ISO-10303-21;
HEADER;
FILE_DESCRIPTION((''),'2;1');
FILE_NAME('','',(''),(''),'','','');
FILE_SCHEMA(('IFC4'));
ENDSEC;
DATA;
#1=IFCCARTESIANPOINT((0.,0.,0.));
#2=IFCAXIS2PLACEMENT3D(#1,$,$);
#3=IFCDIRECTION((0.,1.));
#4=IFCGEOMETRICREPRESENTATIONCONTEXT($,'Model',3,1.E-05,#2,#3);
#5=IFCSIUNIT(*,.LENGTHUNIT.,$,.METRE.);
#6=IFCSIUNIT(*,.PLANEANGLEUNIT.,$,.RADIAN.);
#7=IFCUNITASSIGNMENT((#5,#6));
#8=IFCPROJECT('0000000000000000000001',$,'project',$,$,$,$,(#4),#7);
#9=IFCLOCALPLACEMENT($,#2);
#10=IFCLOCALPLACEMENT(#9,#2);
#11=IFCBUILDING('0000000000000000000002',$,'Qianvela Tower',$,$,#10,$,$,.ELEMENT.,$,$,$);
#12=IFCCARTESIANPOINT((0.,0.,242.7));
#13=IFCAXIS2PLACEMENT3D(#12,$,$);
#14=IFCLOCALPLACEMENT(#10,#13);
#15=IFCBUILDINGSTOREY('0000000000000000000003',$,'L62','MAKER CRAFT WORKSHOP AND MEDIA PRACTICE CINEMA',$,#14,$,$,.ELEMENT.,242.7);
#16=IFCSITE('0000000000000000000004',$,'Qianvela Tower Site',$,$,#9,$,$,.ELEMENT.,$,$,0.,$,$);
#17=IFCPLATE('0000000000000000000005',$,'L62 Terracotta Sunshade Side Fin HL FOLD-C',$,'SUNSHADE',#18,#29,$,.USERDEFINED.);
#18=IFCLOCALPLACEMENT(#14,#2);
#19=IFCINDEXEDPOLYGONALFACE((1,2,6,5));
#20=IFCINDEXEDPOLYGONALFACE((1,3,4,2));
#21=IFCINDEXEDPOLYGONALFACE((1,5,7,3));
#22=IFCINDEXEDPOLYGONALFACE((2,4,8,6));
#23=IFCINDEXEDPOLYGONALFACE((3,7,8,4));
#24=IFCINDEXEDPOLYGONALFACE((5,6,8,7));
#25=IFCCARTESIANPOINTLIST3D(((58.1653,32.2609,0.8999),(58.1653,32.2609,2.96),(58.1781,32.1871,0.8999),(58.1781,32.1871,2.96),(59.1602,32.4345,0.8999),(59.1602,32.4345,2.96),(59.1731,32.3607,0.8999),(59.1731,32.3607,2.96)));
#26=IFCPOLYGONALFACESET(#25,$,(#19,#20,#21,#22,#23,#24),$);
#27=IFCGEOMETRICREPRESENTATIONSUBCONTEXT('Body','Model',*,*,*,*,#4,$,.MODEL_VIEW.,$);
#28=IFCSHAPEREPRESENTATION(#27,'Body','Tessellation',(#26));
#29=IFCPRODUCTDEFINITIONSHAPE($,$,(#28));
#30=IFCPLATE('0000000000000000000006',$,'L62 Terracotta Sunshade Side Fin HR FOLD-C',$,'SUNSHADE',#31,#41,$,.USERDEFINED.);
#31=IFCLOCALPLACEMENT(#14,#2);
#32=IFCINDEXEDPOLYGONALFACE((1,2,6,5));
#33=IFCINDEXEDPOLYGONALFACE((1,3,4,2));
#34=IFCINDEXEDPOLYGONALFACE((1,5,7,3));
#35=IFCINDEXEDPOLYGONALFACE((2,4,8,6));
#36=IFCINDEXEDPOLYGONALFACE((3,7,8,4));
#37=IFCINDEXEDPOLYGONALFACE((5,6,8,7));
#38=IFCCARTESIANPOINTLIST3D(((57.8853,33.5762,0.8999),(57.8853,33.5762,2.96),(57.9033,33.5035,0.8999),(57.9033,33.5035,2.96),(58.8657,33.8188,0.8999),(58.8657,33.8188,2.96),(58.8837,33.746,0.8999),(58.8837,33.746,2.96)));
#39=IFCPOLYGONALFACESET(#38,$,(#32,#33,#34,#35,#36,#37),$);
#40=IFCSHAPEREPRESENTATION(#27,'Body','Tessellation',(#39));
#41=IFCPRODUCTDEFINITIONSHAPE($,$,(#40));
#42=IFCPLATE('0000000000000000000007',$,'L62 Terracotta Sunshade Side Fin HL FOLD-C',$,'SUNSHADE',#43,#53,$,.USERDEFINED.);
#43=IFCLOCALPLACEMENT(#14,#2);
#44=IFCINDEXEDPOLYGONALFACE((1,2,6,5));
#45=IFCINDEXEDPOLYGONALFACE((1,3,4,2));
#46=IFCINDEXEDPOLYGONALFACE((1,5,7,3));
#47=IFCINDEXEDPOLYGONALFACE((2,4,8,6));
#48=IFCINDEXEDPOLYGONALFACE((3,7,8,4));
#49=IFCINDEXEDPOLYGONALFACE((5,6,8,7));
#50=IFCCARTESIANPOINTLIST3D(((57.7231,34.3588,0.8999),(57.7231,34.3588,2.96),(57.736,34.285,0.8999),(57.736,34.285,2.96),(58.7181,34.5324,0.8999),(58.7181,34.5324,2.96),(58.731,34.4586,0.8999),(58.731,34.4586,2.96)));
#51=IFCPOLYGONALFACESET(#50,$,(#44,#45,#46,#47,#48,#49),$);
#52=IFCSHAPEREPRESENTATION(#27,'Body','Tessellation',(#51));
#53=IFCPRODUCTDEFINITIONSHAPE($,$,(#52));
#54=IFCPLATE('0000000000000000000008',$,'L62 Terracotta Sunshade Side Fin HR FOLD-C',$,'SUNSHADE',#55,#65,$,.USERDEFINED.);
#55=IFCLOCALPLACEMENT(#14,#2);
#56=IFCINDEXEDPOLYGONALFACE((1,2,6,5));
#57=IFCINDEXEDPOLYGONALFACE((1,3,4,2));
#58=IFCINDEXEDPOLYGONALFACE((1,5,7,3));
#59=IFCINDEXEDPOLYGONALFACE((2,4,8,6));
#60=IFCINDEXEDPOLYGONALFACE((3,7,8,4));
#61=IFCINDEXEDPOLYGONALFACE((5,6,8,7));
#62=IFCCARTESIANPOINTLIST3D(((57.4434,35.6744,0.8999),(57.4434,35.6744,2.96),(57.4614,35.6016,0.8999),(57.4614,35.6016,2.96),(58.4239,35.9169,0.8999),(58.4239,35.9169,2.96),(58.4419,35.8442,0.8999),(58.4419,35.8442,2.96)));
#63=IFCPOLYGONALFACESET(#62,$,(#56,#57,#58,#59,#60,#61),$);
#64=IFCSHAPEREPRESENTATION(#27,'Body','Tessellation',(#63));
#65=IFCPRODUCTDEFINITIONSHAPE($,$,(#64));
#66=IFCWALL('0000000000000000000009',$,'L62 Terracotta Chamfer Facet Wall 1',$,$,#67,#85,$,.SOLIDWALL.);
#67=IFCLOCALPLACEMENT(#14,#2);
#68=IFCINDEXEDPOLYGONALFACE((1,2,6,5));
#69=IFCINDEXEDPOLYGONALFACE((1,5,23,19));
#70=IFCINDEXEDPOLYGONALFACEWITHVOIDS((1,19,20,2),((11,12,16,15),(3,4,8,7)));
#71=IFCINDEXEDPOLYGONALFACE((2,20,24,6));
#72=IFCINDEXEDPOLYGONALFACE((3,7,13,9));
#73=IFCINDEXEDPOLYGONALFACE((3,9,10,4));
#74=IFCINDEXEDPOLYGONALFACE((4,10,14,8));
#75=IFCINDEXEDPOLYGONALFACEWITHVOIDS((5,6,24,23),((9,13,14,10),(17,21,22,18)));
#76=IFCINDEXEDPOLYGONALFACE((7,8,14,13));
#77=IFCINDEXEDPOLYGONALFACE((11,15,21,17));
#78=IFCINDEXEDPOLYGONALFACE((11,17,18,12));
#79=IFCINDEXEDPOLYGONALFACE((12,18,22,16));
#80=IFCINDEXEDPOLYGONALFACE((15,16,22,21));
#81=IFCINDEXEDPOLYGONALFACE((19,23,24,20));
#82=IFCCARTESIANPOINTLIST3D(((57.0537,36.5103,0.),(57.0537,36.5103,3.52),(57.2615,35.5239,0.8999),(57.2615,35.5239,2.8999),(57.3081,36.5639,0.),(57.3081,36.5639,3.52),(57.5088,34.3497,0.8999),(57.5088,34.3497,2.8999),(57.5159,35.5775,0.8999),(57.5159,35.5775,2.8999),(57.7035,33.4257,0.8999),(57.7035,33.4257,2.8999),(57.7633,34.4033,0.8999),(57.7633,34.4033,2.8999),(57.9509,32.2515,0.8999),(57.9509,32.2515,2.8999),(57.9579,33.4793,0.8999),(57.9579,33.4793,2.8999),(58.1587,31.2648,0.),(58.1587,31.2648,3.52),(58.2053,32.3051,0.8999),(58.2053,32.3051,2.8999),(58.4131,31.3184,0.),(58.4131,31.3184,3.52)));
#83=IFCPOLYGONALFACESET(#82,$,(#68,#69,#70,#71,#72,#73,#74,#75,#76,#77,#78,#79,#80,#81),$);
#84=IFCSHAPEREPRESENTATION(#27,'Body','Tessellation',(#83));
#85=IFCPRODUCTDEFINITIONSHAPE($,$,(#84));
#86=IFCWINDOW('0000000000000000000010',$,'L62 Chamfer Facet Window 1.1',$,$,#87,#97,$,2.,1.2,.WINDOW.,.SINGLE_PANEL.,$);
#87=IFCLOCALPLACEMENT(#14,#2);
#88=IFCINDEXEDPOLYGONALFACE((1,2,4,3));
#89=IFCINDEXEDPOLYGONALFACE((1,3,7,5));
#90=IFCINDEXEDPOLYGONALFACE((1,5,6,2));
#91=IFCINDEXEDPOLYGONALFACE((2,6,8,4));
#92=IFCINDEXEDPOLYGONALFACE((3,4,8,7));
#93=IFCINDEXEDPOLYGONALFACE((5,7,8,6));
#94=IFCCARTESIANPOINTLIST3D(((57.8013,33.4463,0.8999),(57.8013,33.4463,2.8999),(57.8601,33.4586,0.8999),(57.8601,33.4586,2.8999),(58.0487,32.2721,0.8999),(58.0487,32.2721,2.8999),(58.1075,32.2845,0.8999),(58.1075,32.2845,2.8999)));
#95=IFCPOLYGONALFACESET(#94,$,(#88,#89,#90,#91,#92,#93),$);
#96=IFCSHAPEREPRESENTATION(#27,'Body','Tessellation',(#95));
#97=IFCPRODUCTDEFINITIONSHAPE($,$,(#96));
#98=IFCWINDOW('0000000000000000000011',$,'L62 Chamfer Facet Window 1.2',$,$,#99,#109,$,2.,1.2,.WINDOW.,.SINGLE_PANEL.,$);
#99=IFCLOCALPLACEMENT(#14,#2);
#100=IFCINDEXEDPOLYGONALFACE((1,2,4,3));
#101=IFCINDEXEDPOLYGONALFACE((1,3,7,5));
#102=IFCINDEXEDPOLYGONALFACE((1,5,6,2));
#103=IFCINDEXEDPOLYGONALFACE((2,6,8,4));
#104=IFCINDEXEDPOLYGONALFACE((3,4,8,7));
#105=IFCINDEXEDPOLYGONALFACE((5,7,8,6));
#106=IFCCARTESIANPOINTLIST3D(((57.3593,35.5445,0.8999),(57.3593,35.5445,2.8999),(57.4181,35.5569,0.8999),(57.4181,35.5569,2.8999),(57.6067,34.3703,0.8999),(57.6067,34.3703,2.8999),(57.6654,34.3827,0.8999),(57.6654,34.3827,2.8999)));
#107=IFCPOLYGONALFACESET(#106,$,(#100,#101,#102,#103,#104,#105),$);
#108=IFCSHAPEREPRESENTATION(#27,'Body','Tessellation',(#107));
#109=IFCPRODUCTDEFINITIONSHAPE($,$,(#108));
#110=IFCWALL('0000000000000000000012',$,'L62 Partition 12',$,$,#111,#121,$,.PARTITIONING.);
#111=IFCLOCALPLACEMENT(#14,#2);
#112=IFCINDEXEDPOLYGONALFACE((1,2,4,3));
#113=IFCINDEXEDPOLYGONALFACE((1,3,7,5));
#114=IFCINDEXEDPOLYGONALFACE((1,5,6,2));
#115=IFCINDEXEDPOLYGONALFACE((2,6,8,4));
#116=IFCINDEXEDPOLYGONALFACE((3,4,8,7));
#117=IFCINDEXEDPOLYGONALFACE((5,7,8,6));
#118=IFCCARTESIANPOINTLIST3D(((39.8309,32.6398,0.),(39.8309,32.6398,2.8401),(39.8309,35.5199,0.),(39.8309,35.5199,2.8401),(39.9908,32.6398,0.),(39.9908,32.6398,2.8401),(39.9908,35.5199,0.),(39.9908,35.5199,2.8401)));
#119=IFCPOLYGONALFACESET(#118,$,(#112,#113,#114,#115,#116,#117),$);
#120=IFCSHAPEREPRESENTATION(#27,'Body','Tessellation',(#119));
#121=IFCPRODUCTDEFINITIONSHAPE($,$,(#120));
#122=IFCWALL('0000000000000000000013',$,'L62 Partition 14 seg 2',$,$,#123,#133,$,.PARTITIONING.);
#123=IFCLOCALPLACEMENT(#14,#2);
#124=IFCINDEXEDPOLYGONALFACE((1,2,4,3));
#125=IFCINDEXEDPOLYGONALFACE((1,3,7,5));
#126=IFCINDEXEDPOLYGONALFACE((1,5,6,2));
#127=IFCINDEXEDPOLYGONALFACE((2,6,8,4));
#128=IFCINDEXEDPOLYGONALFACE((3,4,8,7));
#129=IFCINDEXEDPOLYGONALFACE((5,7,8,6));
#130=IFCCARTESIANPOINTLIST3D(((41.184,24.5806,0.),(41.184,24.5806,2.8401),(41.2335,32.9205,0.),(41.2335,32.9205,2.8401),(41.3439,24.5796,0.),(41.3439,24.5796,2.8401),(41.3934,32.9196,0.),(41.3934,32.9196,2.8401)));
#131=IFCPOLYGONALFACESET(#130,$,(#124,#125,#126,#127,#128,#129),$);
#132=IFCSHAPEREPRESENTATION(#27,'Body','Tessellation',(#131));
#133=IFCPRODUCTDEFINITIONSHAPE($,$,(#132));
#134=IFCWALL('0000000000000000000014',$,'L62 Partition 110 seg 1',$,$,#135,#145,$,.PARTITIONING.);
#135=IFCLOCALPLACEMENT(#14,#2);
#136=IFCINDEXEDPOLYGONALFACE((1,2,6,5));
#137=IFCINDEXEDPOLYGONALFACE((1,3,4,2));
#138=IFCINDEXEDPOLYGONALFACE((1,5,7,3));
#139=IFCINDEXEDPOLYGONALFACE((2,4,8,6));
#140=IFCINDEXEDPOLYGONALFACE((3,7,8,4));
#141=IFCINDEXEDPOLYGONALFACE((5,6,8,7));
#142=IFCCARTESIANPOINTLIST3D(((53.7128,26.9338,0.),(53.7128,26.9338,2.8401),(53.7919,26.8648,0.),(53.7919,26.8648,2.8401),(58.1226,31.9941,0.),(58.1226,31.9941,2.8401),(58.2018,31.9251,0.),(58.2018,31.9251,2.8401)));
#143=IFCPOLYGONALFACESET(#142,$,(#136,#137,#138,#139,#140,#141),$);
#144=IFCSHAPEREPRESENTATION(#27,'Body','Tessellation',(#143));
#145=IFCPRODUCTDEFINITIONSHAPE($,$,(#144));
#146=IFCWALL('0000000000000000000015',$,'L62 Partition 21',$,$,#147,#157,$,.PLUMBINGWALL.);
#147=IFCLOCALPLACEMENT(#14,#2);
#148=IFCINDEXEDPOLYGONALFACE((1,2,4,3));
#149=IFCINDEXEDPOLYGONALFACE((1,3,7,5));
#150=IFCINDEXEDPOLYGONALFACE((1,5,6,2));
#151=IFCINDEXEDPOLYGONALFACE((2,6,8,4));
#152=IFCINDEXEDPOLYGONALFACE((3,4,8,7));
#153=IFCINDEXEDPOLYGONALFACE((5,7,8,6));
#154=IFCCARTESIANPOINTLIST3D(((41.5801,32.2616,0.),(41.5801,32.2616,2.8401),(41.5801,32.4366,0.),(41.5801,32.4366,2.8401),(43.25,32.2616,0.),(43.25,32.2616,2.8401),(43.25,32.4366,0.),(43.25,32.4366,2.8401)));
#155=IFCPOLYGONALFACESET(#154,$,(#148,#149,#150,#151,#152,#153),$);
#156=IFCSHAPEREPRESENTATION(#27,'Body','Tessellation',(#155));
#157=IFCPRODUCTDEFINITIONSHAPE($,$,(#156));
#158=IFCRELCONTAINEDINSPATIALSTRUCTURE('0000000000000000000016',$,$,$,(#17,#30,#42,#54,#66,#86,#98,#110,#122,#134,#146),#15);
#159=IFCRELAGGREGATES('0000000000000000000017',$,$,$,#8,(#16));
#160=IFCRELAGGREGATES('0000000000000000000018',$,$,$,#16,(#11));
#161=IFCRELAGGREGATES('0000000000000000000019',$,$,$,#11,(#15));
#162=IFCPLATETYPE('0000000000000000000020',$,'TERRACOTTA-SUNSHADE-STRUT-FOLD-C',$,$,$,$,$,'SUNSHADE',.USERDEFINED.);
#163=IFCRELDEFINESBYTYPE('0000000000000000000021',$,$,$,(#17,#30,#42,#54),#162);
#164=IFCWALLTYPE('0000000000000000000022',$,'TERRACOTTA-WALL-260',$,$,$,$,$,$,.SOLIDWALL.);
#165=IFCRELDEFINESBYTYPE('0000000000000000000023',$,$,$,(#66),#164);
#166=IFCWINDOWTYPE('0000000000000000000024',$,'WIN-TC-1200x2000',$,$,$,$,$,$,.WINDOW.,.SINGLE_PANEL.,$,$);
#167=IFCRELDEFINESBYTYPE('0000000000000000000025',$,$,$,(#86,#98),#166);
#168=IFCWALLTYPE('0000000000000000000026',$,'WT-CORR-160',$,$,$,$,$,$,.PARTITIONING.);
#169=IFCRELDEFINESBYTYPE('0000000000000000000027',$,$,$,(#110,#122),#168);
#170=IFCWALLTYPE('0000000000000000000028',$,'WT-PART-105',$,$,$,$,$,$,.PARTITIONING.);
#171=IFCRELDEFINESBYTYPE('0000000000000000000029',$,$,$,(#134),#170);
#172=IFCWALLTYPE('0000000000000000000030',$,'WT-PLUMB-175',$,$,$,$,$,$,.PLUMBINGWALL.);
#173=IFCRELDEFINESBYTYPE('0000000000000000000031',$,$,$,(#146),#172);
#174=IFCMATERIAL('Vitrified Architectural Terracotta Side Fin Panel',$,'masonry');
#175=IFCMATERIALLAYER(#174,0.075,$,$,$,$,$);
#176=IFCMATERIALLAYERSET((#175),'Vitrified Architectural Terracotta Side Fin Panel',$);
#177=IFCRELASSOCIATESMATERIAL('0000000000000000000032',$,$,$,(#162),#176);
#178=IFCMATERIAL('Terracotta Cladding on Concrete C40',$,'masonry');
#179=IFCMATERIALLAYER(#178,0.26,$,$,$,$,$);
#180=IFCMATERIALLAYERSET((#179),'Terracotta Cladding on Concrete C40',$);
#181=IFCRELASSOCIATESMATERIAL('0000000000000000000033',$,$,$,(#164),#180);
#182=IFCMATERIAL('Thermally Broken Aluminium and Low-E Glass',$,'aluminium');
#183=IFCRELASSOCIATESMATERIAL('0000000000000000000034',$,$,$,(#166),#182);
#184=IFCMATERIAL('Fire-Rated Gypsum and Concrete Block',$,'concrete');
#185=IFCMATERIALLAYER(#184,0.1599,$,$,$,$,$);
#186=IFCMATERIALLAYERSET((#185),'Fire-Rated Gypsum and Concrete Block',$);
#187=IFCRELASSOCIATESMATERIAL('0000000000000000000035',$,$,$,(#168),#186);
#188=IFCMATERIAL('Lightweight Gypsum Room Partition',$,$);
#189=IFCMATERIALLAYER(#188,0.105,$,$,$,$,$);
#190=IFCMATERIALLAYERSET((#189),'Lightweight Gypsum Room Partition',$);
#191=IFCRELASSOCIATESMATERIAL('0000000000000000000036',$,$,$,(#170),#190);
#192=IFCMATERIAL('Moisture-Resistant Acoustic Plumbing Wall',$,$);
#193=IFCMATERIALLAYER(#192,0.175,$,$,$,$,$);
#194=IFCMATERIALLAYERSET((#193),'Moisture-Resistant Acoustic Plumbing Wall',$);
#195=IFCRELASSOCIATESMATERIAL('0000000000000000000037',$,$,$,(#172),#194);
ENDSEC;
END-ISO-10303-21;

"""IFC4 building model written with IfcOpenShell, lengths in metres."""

from ifc_helpers import new_model, si_unit, direction, frame, frame_2d, origin, origin_2d, place, context, subcontext, project, spatial, rectangle, extrude, material, layer, layer_set, type_object, element, fill, save


model = new_model("IFC4")

# Units and contexts
model_context = context("Model", 3, precision=1e-05, world=origin(), true_north=direction((0.0, 1.0)))
body_context = subcontext(model_context, "Body", "Model", "MODEL_VIEW")
ifc_project = project(units=[si_unit("LENGTHUNIT", "METRE"), si_unit("PLANEANGLEUNIT", "RADIAN")], contexts=[model_context])

# Site, building, storey
site_placement = place(None, origin())
site = spatial("IfcSite", under=ifc_project, at=site_placement, Name="Qianvela Tower Site", CompositionType="ELEMENT", RefElevation=0.0)
building_placement = place(site_placement, origin())
building = spatial("IfcBuilding", under=site, at=building_placement, Name="Qianvela Tower", CompositionType="ELEMENT")
storey_placement = place(building_placement, frame((0.0, 0.0, 242.7)))
storey = spatial("IfcBuildingStorey", under=building, at=storey_placement, Name="L62", Description="MAKER CRAFT WORKSHOP AND MEDIA PRACTICE CINEMA", CompositionType="ELEMENT", Elevation=242.7)

# Plates
ifc_material_1 = material(Name="Vitrified Architectural Terracotta Side Fin Panel", Category="masonry")
ifc_layer_1 = layer(ifc_material_1, 0.075)
ifc_layer_set_1 = layer_set([ifc_layer_1], Name="Vitrified Architectural Terracotta Side Fin Panel")
plate_type_1 = type_object("IfcPlateType", Name="TERRACOTTA-SUNSHADE-STRUT-FOLD-C", ElementType="SUNSHADE", PredefinedType="USERDEFINED", material=ifc_layer_set_1)
for number, where, z_axis, x_axis, name in (
    (1, (58.6692, 32.3108, 0.8999), (0.0, 0.0, 1.0), (-0.171865, 0.98512, 0.0), "L62 Terracotta Sunshade Side Fin HL FOLD-C"),
    (2, (58.3845, 33.6611, 0.8999), (0.0, 0.0, 1.0), (-0.240165, 0.970732, 0.0), "L62 Terracotta Sunshade Side Fin HR FOLD-C"),
    (3, (58.2271, 34.4087, 0.8999), (0.0, 0.0, 1.0), (-0.171865, 0.98512, 0.0), "L62 Terracotta Sunshade Side Fin HL FOLD-C"),
    (4, (57.9426, 35.7593, 0.8999), (0.0, 0.0, 1.0), (-0.240165, 0.970732, 0.0), "L62 Terracotta Sunshade Side Fin HR FOLD-C"),
):
    element("IfcPlate", number, at=place(storey_placement, frame(where, z_axis=z_axis, x_axis=x_axis)), inside=storey, type_object=plate_type_1, Name=name, ObjectType="SUNSHADE", PredefinedType="USERDEFINED", context=body_context, shape_type="SweptSolid", body=[
        extrude(rectangle(XDim=0.075, YDim=1.01, at=origin_2d()), origin(), (0.0, 0.0, 1.0), 2.0601),
    ])

# Wall, openings, windows
ifc_material_2 = material(Name="Terracotta Cladding on Concrete C40", Category="masonry")
ifc_layer_2 = layer(ifc_material_2, 0.26)
ifc_layer_set_2 = layer_set([ifc_layer_2], Name="Terracotta Cladding on Concrete C40")
wall_type_1 = type_object("IfcWallType", Name="TERRACOTTA-WALL-260", PredefinedType="SOLIDWALL", material=ifc_layer_set_2)
wall_1_placement = place(storey_placement, frame((58.2859, 31.2917, 0.0), z_axis=(0.0, 0.0, 1.0), x_axis=(-0.206134, 0.978524, 0.0)))
wall_1 = element("IfcWall", 5, at=wall_1_placement, inside=storey, type_object=wall_type_1, Name="L62 Terracotta Chamfer Facet Wall 1", PredefinedType="SOLIDWALL", context=body_context, shape_type="SweptSolid", body=[
    extrude(rectangle(XDim=5.3606, YDim=0.26, at=frame_2d((2.6802, 0.0))), origin(), (0.0, 0.0, 1.0), 3.52),
])
opening_1_placement = place(wall_1_placement, frame((1.0081, 0.0, 0.8999)))
opening_1 = element("IfcOpeningElement", 6, at=opening_1_placement, cuts=wall_1, PredefinedType="OPENING", context=body_context, shape_type="SweptSolid", body=[
    extrude(rectangle(XDim=1.2, YDim=2.0, at=frame_2d((0.6001, 1.0))), frame((0.0, 0.1399, 0.0), z_axis=(0.0, -1.0, 0.0), x_axis=(1.0, 0.0, 0.0)), (0.0, 0.0, 1.0), 0.28),
])
opening_2_placement = place(wall_1_placement, frame((3.1523, 0.0, 0.8999)))
opening_2 = element("IfcOpeningElement", 7, at=opening_2_placement, cuts=wall_1, PredefinedType="OPENING", context=body_context, shape_type="SweptSolid", body=[
    extrude(rectangle(XDim=1.2, YDim=2.0, at=frame_2d((0.6001, 1.0))), frame((0.0, 0.1399, 0.0), z_axis=(0.0, -1.0, 0.0), x_axis=(1.0, 0.0, 0.0)), (0.0, 0.0, 1.0), 0.28),
])
ifc_material_3 = material(Name="Thermally Broken Aluminium and Low-E Glass", Category="aluminium")
window_type = type_object("IfcWindowType", Name="WIN-TC-1200x2000", PartitioningType="SINGLE_PANEL", PredefinedType="WINDOW", material=ifc_material_3)
window_1_placement = place(opening_1_placement, origin())
window_1 = element("IfcWindow", 8, at=window_1_placement, inside=storey, type_object=window_type, Name="L62 Chamfer Facet Window 1.1", OverallHeight=2.0, OverallWidth=1.2, PartitioningType="SINGLE_PANEL", PredefinedType="WINDOW", context=body_context, shape_type="SweptSolid", body=[
    extrude(rectangle(XDim=1.2, YDim=2.0, at=frame_2d((0.6001, 1.0))), frame((0.0, 0.03, 0.0), z_axis=(0.0, -1.0, 0.0), x_axis=(1.0, 0.0, 0.0)), (0.0, 0.0, 1.0), 0.0601),
])
fill(opening_1, window_1)
window_2_placement = place(opening_2_placement, origin())
window_2 = element("IfcWindow", 9, at=window_2_placement, inside=storey, type_object=window_type, Name="L62 Chamfer Facet Window 1.2", OverallHeight=2.0, OverallWidth=1.2, PartitioningType="SINGLE_PANEL", PredefinedType="WINDOW", context=body_context, shape_type="SweptSolid", body=[
    extrude(rectangle(XDim=1.2, YDim=2.0, at=frame_2d((0.6001, 1.0))), frame((0.0, 0.03, 0.0), z_axis=(0.0, -1.0, 0.0), x_axis=(1.0, 0.0, 0.0)), (0.0, 0.0, 1.0), 0.0601),
])
fill(opening_2, window_2)

# Walls
ifc_material_4 = material(Name="Fire-Rated Gypsum and Concrete Block", Category="concrete")
ifc_layer_3 = layer(ifc_material_4, 0.1599)
ifc_layer_set_3 = layer_set([ifc_layer_3], Name="Fire-Rated Gypsum and Concrete Block")
wall_type_2 = type_object("IfcWallType", Name="WT-CORR-160", PredefinedType="PARTITIONING", material=ifc_layer_set_3)
wall_2_placement = place(storey_placement, frame((39.9109, 32.6399, 0.0), z_axis=(0.0, 0.0, 1.0), x_axis=(0.0, 1.0, 0.0)))
element("IfcWall", 10, at=wall_2_placement, inside=storey, type_object=wall_type_2, Name="L62 Partition 12", PredefinedType="PARTITIONING", context=body_context, shape_type="SweptSolid", body=[
    extrude(rectangle(XDim=2.8801, YDim=0.1599, at=frame_2d((1.4399, 0.0))), origin(), (0.0, 0.0, 1.0), 2.8401),
])
wall_3_placement = place(storey_placement, frame((41.3135, 32.9199, 0.0), z_axis=(0.0, 0.0, 1.0), x_axis=(-0.005943, -0.999982, 0.0)))
element("IfcWall", 11, at=wall_3_placement, inside=storey, type_object=wall_type_2, Name="L62 Partition 14 seg 2", PredefinedType="PARTITIONING", context=body_context, shape_type="SweptSolid", body=[
    extrude(rectangle(XDim=8.3401, YDim=0.1599, at=frame_2d((4.1699, 0.0))), origin(), (0.0, 0.0, 1.0), 2.8401),
])
ifc_material_5 = material(Name="Lightweight Gypsum Room Partition")
ifc_layer_4 = layer(ifc_material_5, 0.105)
ifc_layer_set_4 = layer_set([ifc_layer_4], Name="Lightweight Gypsum Room Partition")
wall_type_3 = type_object("IfcWallType", Name="WT-PART-105", PredefinedType="PARTITIONING", material=ifc_layer_set_4)
wall_4_placement = place(storey_placement, frame((58.1621, 31.9595, 0.0), z_axis=(0.0, 0.0, 1.0), x_axis=(-0.656997, -0.753893, 0.0)))
element("IfcWall", 12, at=wall_4_placement, inside=storey, type_object=wall_type_3, Name="L62 Partition 110 seg 1", PredefinedType="PARTITIONING", context=body_context, shape_type="SweptSolid", body=[
    extrude(rectangle(XDim=6.7122, YDim=0.105, at=frame_2d((3.356, 0.0))), origin(), (0.0, 0.0, 1.0), 2.8401),
])
ifc_material_6 = material(Name="Moisture-Resistant Acoustic Plumbing Wall")
ifc_layer_5 = layer(ifc_material_6, 0.175)
ifc_layer_set_5 = layer_set([ifc_layer_5], Name="Moisture-Resistant Acoustic Plumbing Wall")
wall_type_4 = type_object("IfcWallType", Name="WT-PLUMB-175", PredefinedType="PLUMBINGWALL", material=ifc_layer_set_5)
wall_5_placement = place(storey_placement, frame((41.5801, 32.3491, 0.0), z_axis=(0.0, 0.0, 1.0), x_axis=(1.0, 0.0, 0.0)))
element("IfcWall", 13, at=wall_5_placement, inside=storey, type_object=wall_type_4, Name="L62 Partition 21", PredefinedType="PLUMBINGWALL", context=body_context, shape_type="SweptSolid", body=[
    extrude(rectangle(XDim=1.6699, YDim=0.175, at=frame_2d((0.835, 0.0))), origin(), (0.0, 0.0, 1.0), 2.8401),
])

save(model, "model.ifc")
